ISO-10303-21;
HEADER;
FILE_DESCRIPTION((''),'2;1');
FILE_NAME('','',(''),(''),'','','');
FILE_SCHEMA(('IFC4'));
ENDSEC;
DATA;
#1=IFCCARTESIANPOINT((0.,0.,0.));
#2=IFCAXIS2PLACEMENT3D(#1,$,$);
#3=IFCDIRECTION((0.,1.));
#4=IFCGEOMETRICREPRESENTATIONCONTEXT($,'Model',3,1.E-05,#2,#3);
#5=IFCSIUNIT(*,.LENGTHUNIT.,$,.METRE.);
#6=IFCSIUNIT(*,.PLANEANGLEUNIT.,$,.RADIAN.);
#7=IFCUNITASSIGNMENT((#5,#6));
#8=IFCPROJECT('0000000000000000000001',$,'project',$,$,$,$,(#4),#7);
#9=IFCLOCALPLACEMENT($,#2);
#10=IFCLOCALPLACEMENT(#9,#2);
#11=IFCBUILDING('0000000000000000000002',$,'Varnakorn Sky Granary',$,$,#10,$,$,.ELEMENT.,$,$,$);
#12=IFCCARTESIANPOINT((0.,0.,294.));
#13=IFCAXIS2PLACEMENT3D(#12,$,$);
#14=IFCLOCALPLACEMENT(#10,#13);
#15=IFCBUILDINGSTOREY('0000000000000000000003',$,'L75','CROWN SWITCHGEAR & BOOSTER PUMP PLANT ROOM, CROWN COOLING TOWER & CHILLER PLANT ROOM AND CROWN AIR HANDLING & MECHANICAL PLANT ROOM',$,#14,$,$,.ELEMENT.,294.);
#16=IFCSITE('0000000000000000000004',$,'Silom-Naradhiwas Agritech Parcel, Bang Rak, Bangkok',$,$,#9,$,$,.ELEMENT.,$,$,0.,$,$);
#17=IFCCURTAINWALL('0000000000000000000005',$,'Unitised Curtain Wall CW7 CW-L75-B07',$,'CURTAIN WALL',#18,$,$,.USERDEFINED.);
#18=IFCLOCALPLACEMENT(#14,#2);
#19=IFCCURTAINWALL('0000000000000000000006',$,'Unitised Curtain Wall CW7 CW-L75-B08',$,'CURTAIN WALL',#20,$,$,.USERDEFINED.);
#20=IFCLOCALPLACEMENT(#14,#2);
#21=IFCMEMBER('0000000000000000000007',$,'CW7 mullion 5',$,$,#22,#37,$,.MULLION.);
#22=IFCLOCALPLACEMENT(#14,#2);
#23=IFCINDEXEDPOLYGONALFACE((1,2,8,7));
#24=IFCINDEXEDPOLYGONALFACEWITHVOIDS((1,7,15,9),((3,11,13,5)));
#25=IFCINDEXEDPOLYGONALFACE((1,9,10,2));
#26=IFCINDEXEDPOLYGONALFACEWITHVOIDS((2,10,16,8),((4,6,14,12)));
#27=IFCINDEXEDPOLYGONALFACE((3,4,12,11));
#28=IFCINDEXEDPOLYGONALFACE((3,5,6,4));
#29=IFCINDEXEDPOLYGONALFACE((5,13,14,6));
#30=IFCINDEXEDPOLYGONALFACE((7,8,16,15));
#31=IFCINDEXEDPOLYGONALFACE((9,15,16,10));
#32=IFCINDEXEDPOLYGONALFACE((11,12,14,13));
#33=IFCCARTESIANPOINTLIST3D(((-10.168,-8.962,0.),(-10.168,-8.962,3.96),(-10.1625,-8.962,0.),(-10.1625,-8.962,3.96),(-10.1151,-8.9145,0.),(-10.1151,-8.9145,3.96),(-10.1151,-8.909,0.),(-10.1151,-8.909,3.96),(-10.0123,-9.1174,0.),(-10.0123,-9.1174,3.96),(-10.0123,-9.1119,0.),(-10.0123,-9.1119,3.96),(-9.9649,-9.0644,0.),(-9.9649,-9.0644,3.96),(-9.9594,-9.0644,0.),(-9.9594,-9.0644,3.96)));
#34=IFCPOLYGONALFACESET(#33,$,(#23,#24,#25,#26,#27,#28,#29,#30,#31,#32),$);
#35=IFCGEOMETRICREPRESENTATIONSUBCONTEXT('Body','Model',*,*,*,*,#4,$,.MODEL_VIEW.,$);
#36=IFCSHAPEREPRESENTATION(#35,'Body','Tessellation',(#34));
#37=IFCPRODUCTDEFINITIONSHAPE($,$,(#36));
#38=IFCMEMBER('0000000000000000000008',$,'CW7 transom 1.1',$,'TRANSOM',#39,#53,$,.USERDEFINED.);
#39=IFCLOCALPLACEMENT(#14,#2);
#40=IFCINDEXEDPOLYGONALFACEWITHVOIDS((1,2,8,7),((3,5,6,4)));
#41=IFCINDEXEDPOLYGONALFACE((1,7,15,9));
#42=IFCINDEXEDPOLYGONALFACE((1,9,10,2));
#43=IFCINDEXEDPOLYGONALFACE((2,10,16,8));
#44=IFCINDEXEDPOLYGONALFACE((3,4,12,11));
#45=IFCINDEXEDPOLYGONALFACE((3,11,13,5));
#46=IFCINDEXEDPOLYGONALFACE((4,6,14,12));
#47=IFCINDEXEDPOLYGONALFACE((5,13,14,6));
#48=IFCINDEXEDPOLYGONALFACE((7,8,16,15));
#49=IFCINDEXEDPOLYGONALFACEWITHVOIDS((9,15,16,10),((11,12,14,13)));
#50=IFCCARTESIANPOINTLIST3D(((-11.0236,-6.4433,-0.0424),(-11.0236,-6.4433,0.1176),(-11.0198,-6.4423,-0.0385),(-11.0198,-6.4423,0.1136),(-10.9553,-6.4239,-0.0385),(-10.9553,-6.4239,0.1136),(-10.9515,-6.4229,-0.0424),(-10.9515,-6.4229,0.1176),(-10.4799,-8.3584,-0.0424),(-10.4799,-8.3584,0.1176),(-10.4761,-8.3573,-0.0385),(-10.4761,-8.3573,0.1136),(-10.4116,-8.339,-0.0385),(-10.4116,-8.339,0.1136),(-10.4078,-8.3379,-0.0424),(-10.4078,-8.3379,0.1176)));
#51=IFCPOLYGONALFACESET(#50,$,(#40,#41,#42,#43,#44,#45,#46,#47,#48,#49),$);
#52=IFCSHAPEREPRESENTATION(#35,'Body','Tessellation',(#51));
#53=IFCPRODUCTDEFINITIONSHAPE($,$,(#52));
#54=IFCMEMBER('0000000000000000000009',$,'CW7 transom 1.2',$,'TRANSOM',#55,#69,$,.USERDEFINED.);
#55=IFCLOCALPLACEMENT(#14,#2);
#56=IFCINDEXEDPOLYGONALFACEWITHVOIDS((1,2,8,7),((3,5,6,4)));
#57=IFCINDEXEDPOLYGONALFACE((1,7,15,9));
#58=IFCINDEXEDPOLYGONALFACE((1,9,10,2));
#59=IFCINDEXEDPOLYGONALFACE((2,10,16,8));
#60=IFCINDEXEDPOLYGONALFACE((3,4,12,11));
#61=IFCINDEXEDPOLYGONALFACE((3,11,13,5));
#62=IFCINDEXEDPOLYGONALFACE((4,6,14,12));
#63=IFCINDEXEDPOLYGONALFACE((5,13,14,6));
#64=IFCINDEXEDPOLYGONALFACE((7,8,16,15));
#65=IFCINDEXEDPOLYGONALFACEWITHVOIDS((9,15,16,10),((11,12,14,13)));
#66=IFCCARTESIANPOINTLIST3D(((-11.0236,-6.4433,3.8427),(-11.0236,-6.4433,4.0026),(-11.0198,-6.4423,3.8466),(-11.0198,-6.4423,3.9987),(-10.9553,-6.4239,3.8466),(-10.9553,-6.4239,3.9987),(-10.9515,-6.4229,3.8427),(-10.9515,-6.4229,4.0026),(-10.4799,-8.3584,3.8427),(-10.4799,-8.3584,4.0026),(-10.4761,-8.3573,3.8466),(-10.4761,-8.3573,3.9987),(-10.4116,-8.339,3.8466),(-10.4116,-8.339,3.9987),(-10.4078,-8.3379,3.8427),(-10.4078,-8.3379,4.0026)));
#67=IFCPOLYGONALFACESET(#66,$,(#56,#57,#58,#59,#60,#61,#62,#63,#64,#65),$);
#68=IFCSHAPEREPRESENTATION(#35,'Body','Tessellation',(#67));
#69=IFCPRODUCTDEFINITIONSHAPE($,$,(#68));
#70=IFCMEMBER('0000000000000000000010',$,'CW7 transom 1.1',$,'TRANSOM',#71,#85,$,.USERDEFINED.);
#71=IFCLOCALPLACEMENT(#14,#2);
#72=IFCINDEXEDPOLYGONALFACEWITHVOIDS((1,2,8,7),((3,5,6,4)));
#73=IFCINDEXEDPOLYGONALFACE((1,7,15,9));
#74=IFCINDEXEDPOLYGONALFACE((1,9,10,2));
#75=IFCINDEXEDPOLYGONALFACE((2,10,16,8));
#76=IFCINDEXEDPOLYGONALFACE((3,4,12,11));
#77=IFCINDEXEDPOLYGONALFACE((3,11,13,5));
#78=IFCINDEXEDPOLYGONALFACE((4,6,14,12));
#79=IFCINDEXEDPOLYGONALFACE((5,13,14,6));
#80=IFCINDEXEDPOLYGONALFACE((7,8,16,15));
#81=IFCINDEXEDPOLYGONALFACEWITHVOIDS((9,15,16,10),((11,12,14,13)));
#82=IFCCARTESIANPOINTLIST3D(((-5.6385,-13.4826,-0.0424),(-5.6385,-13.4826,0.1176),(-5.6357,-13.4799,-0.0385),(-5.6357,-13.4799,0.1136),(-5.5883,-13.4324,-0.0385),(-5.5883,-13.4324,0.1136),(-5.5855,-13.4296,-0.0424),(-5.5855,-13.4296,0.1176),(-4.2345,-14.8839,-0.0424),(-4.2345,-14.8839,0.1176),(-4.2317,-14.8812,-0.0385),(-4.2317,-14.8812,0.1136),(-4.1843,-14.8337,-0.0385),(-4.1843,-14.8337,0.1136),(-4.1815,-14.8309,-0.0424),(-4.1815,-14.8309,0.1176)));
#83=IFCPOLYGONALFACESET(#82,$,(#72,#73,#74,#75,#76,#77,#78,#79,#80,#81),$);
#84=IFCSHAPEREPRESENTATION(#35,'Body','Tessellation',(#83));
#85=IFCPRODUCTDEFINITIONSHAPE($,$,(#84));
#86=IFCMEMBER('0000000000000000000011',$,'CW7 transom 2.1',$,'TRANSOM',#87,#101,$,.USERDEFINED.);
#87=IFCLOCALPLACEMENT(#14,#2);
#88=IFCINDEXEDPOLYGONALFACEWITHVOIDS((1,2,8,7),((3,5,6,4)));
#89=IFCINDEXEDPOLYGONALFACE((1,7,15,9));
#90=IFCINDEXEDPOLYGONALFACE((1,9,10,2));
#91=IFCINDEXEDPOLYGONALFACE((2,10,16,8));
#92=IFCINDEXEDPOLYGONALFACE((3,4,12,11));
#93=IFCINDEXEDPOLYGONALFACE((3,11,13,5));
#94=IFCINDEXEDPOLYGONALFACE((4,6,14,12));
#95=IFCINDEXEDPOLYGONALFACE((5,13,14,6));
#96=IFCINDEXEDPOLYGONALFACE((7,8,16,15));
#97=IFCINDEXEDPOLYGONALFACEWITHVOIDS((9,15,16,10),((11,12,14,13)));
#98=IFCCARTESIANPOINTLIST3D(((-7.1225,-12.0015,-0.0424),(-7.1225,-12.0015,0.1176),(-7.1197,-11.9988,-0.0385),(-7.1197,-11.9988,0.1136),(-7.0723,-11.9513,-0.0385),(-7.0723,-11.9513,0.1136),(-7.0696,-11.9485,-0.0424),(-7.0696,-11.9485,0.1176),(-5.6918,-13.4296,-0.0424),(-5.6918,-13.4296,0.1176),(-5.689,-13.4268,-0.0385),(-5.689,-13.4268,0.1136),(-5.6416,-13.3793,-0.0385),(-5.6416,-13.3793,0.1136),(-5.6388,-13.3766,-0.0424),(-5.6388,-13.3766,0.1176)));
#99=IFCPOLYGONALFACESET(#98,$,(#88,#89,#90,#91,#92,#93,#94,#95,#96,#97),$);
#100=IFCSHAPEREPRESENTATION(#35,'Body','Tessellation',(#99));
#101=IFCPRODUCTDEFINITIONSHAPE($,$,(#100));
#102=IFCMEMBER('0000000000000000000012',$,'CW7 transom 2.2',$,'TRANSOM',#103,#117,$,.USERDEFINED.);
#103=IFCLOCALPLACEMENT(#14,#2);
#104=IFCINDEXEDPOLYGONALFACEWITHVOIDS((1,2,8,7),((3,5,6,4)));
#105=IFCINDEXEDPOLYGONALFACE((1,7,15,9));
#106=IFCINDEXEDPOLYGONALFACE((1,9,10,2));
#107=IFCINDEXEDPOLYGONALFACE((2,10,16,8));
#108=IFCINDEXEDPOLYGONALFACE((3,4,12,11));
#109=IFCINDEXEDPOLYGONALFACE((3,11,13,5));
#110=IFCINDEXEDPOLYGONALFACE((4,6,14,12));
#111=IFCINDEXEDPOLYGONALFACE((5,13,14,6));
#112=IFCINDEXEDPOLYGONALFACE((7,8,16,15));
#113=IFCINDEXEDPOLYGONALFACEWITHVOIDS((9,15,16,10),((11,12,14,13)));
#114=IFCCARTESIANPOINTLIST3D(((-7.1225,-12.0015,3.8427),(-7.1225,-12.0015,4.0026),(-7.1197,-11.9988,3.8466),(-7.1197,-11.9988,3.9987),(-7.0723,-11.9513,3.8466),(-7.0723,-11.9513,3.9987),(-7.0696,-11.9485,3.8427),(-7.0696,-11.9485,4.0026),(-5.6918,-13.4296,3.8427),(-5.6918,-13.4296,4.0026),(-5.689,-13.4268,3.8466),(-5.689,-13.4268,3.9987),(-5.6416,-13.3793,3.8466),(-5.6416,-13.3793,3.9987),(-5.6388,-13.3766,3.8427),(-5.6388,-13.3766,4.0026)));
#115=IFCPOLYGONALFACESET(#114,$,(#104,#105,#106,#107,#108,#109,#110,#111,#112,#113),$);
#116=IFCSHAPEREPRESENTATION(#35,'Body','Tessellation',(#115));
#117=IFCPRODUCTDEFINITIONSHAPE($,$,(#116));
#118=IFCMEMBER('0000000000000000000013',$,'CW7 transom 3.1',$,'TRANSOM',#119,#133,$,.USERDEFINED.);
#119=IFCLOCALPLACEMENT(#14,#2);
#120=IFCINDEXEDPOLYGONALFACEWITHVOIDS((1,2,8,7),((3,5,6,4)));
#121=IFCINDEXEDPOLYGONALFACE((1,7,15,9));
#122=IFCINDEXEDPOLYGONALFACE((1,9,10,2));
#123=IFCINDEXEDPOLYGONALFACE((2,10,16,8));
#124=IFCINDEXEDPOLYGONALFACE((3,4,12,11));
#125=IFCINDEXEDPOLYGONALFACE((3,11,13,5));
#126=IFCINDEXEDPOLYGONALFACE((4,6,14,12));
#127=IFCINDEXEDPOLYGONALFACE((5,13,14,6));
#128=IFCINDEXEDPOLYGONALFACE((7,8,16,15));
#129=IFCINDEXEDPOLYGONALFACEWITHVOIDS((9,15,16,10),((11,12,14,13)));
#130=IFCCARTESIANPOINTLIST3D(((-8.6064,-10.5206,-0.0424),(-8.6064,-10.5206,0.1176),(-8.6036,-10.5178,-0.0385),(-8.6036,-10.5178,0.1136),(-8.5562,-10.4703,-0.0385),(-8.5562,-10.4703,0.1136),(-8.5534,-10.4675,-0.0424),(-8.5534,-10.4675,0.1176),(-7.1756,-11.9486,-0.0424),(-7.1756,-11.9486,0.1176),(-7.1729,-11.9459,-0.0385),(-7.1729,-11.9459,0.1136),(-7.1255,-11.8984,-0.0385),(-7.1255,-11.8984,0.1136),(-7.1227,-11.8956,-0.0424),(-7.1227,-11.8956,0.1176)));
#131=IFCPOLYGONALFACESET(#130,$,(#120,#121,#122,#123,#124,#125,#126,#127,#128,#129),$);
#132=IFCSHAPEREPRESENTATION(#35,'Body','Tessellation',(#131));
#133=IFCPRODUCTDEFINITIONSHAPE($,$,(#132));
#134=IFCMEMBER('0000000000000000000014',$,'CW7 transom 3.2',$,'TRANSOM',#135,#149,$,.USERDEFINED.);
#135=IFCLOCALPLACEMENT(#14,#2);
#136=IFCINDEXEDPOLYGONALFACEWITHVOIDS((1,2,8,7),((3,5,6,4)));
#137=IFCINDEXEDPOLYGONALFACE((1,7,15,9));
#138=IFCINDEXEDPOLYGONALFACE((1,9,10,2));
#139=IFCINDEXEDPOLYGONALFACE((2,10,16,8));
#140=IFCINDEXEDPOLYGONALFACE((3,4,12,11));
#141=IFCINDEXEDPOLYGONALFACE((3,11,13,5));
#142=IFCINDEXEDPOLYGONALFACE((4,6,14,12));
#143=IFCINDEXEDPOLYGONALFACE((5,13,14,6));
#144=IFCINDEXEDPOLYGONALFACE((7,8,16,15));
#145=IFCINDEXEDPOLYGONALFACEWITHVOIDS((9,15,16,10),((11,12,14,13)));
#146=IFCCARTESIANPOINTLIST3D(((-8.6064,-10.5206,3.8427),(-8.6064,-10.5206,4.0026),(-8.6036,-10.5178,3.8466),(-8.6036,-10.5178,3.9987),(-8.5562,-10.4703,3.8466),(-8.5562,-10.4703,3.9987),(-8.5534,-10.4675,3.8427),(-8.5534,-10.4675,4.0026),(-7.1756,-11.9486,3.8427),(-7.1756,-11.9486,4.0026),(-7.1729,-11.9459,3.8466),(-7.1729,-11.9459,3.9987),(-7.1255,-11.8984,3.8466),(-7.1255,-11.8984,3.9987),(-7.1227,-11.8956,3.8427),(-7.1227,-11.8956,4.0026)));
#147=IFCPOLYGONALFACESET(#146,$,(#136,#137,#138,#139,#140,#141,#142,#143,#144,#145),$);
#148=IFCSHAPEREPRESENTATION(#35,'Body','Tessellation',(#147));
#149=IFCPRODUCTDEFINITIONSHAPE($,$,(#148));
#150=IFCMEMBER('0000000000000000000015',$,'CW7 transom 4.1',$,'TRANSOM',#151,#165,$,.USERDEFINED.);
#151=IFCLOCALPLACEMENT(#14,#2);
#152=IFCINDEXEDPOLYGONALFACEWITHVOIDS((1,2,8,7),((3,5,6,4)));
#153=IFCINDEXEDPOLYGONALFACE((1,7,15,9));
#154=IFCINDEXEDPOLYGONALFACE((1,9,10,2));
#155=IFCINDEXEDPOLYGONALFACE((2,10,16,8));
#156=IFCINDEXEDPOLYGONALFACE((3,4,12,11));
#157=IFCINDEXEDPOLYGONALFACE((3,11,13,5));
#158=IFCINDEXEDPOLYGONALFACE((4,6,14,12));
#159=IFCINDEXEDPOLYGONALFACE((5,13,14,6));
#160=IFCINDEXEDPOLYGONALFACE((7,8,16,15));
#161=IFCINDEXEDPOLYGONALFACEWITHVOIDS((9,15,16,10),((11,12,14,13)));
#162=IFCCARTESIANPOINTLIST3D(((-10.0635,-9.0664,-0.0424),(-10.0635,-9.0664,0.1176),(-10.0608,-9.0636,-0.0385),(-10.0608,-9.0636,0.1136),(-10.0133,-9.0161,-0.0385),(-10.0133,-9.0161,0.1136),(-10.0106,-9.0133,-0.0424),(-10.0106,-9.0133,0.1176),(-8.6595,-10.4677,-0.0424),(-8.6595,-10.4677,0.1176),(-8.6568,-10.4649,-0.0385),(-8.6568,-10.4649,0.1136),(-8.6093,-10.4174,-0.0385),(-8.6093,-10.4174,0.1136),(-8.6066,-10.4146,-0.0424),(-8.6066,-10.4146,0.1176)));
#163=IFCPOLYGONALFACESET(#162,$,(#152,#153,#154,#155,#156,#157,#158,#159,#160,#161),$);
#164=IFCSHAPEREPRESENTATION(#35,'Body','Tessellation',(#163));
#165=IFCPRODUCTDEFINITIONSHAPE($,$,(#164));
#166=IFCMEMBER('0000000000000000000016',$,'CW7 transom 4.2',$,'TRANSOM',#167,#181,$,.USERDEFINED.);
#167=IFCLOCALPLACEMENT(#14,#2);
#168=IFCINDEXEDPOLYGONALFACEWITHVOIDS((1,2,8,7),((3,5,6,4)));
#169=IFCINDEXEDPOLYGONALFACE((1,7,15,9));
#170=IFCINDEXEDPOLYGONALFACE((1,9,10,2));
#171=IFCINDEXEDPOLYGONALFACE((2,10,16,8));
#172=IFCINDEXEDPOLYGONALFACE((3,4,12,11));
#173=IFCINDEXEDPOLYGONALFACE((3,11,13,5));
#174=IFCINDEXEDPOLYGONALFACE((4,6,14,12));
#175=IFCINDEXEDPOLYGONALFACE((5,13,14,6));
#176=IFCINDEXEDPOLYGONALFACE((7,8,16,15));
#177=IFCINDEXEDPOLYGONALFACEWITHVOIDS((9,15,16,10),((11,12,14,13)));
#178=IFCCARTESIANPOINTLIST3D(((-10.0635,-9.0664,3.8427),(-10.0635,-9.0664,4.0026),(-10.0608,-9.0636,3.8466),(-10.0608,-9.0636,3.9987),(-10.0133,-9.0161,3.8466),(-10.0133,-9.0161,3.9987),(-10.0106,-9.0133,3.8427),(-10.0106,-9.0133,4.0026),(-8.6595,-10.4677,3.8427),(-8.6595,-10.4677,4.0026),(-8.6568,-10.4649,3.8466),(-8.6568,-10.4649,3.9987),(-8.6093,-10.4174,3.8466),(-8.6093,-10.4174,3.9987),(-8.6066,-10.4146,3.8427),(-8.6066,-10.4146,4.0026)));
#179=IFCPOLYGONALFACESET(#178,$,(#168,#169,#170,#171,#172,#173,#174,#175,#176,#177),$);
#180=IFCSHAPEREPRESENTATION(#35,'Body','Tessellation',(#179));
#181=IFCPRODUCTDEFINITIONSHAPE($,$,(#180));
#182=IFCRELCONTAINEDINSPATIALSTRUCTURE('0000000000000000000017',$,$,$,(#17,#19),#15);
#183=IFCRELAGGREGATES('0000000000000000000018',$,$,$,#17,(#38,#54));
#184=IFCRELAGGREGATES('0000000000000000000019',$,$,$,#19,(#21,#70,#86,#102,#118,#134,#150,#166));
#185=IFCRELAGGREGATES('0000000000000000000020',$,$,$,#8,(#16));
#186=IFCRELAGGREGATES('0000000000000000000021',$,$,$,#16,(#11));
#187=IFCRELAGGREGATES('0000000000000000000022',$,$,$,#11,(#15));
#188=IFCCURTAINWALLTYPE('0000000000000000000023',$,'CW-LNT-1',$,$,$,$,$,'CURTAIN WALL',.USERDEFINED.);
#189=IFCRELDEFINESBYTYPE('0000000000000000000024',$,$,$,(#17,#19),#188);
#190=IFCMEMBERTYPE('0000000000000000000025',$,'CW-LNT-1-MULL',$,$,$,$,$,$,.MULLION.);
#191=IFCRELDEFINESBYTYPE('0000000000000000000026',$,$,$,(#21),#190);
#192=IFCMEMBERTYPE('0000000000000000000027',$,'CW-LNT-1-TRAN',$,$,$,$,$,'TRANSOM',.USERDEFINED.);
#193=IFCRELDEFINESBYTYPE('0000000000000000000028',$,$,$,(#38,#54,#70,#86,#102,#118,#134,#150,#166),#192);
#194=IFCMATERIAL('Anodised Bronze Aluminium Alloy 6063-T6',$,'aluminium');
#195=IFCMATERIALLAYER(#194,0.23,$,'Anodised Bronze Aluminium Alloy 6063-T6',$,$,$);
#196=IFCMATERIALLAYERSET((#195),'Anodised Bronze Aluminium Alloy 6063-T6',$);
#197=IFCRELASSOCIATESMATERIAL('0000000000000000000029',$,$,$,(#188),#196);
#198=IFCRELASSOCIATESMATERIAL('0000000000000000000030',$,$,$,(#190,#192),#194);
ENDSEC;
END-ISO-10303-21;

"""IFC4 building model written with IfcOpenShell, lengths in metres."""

from ifc_helpers import new_model, si_unit, direction, frame, origin, origin_2d, place, context, subcontext, project, spatial, hollow_rectangle, extrude, material, layer, layer_set, material_profile, profile_set, type_object, element, aggregate, save


model = new_model("IFC4")

# Units and contexts
model_context = context("Model", 3, precision=1e-05, world=origin(), true_north=direction((0.0, 1.0)))
body_context = subcontext(model_context, "Body", "Model", "MODEL_VIEW")
ifc_project = project(units=[si_unit("LENGTHUNIT", "METRE"), si_unit("PLANEANGLEUNIT", "RADIAN")], contexts=[model_context])

# Site, building, storey
site_placement = place(None, origin())
site = spatial("IfcSite", under=ifc_project, at=site_placement, Name="Silom-Naradhiwas Agritech Parcel, Bang Rak, Bangkok", CompositionType="ELEMENT", RefElevation=0.0)
building_placement = place(site_placement, origin())
building = spatial("IfcBuilding", under=site, at=building_placement, Name="Varnakorn Sky Granary", CompositionType="ELEMENT")
storey_placement = place(building_placement, frame((0.0, 0.0, 294.0)))
storey = spatial("IfcBuildingStorey", under=building, at=storey_placement, Name="L75", Description="CROWN SWITCHGEAR & BOOSTER PUMP PLANT ROOM, CROWN COOLING TOWER & CHILLER PLANT ROOM AND CROWN AIR HANDLING & MECHANICAL PLANT ROOM", CompositionType="ELEMENT", Elevation=294.0)

# Curtain wall
ifc_material_1 = material(Name="Anodised Bronze Aluminium Alloy 6063-T6", Category="aluminium")
ifc_layer_1 = layer(ifc_material_1, 0.23, Name="Anodised Bronze Aluminium Alloy 6063-T6")
ifc_layer_set_1 = layer_set([ifc_layer_1], Name="Anodised Bronze Aluminium Alloy 6063-T6")
curtain_wall_type = type_object("IfcCurtainWallType", Name="CW-LNT-1", ElementType="CURTAIN WALL", PredefinedType="USERDEFINED", material=ifc_layer_set_1)
curtain_wall_1_placement = place(storey_placement, origin())
curtain_wall_1 = element("IfcCurtainWall", 1, at=curtain_wall_1_placement, inside=storey, type_object=curtain_wall_type, Name="Unitised Curtain Wall CW7 CW-L75-B07", ObjectType="CURTAIN WALL", PredefinedType="USERDEFINED")
ifc_material_profile_1 = material_profile(ifc_material_1, hollow_rectangle(XDim=0.075, YDim=0.22, WallThickness=0.0039, at=origin_2d()), Name="ALU MULL 75x220")
ifc_profile_set_1 = profile_set([ifc_material_profile_1], Name="Anodised Bronze Aluminium Alloy 6063-T6")
member_type_1 = type_object("IfcMemberType", Name="CW-LNT-1-MULL", PredefinedType="MULLION", material=ifc_profile_set_1)

# Curtain wall, member
curtain_wall_2_placement = place(storey_placement, origin())
curtain_wall_2 = element("IfcCurtainWall", 2, at=curtain_wall_2_placement, inside=storey, type_object=curtain_wall_type, Name="Unitised Curtain Wall CW7 CW-L75-B08", ObjectType="CURTAIN WALL", PredefinedType="USERDEFINED")
member_1_placement = place(storey_placement, frame((-10.0637, -9.0132, 0.0), z_axis=(0.0, 0.0, 1.0), x_axis=(-0.706397, -0.707816, 0.0)))
member_1 = element("IfcMember", 3, at=member_1_placement, type_object=member_type_1, Name="CW7 mullion 5", PredefinedType="MULLION", context=body_context, shape_type="SweptSolid", body=[
    extrude(hollow_rectangle(XDim=0.075, YDim=0.22, WallThickness=0.0039, at=origin_2d()), origin(), (0.0, 0.0, 1.0), 3.96),
])

# Members
ifc_material_profile_2 = material_profile(ifc_material_1, hollow_rectangle(XDim=0.075, YDim=0.1599, WallThickness=0.0039, at=origin_2d()), Name="ALU TRAN 75x160")
ifc_profile_set_2 = profile_set([ifc_material_profile_2], Name="Anodised Bronze Aluminium Alloy 6063-T6")
member_type_2 = type_object("IfcMemberType", Name="CW-LNT-1-TRAN", ElementType="TRANSOM", PredefinedType="USERDEFINED", material=ifc_profile_set_2)
member_2_placement = place(storey_placement, frame((-10.4438, -8.3481, 0.0376), z_axis=(-0.273117, 0.961981, 0.0), x_axis=(-0.961981, -0.273117, 0.0)))
member_2 = element("IfcMember", 4, at=member_2_placement, type_object=member_type_2, Name="CW7 transom 1.1", ObjectType="TRANSOM", PredefinedType="USERDEFINED", context=body_context, shape_type="SweptSolid", body=[
    extrude(hollow_rectangle(XDim=0.075, YDim=0.1599, WallThickness=0.0039, at=origin_2d()), origin(), (0.0, 0.0, 1.0), 1.9907),
])
member_3_placement = place(storey_placement, frame((-10.4438, -8.3481, 3.9226), z_axis=(-0.273117, 0.961981, 0.0), x_axis=(-0.961981, -0.273117, 0.0)))
member_3 = element("IfcMember", 5, at=member_3_placement, type_object=member_type_2, Name="CW7 transom 1.2", ObjectType="TRANSOM", PredefinedType="USERDEFINED", context=body_context, shape_type="SweptSolid", body=[
    extrude(hollow_rectangle(XDim=0.075, YDim=0.1599, WallThickness=0.0039, at=origin_2d()), origin(), (0.0, 0.0, 1.0), 1.9907),
])
aggregate(curtain_wall_1, [member_2, member_3])
member_4_placement = place(storey_placement, frame((-4.208, -14.8574, 0.0376), z_axis=(-0.707783, 0.70643, 0.0), x_axis=(-0.70643, -0.707783, 0.0)))
member_4 = element("IfcMember", 6, at=member_4_placement, type_object=member_type_2, Name="CW7 transom 1.1", ObjectType="TRANSOM", PredefinedType="USERDEFINED", context=body_context, shape_type="SweptSolid", body=[
    extrude(hollow_rectangle(XDim=0.075, YDim=0.1599, WallThickness=0.0039, at=origin_2d()), origin(), (0.0, 0.0, 1.0), 1.9836),
])
member_5_placement = place(storey_placement, frame((-5.6653, -13.4031, 0.0376), z_axis=(-0.707771, 0.706442, 0.0), x_axis=(-0.706442, -0.707771, 0.0)))
member_5 = element("IfcMember", 7, at=member_5_placement, type_object=member_type_2, Name="CW7 transom 2.1", ObjectType="TRANSOM", PredefinedType="USERDEFINED", context=body_context, shape_type="SweptSolid", body=[
    extrude(hollow_rectangle(XDim=0.075, YDim=0.1599, WallThickness=0.0039, at=origin_2d()), origin(), (0.0, 0.0, 1.0), 2.0215),
])
member_6_placement = place(storey_placement, frame((-5.6653, -13.4031, 3.9226), z_axis=(-0.707771, 0.706442, 0.0), x_axis=(-0.706442, -0.707771, 0.0)))
member_6 = element("IfcMember", 8, at=member_6_placement, type_object=member_type_2, Name="CW7 transom 2.2", ObjectType="TRANSOM", PredefinedType="USERDEFINED", context=body_context, shape_type="SweptSolid", body=[
    extrude(hollow_rectangle(XDim=0.075, YDim=0.1599, WallThickness=0.0039, at=origin_2d()), origin(), (0.0, 0.0, 1.0), 2.0215),
])
member_7_placement = place(storey_placement, frame((-7.1492, -11.9221, 0.0376), z_axis=(-0.707771, 0.706442, 0.0), x_axis=(-0.706442, -0.707771, 0.0)))
member_7 = element("IfcMember", 9, at=member_7_placement, type_object=member_type_2, Name="CW7 transom 3.1", ObjectType="TRANSOM", PredefinedType="USERDEFINED", context=body_context, shape_type="SweptSolid", body=[
    extrude(hollow_rectangle(XDim=0.075, YDim=0.1599, WallThickness=0.0039, at=origin_2d()), origin(), (0.0, 0.0, 1.0), 2.0215),
])
member_8_placement = place(storey_placement, frame((-7.1492, -11.9221, 3.9226), z_axis=(-0.707771, 0.706442, 0.0), x_axis=(-0.706442, -0.707771, 0.0)))
member_8 = element("IfcMember", 10, at=member_8_placement, type_object=member_type_2, Name="CW7 transom 3.2", ObjectType="TRANSOM", PredefinedType="USERDEFINED", context=body_context, shape_type="SweptSolid", body=[
    extrude(hollow_rectangle(XDim=0.075, YDim=0.1599, WallThickness=0.0039, at=origin_2d()), origin(), (0.0, 0.0, 1.0), 2.0215),
])
member_9_placement = place(storey_placement, frame((-8.6331, -10.4412, 0.0376), z_axis=(-0.707783, 0.70643, 0.0), x_axis=(-0.70643, -0.707783, 0.0)))
member_9 = element("IfcMember", 11, at=member_9_placement, type_object=member_type_2, Name="CW7 transom 4.1", ObjectType="TRANSOM", PredefinedType="USERDEFINED", context=body_context, shape_type="SweptSolid", body=[
    extrude(hollow_rectangle(XDim=0.075, YDim=0.1599, WallThickness=0.0039, at=origin_2d()), origin(), (0.0, 0.0, 1.0), 1.9836),
])
member_10_placement = place(storey_placement, frame((-8.6331, -10.4412, 3.9226), z_axis=(-0.707783, 0.70643, 0.0), x_axis=(-0.70643, -0.707783, 0.0)))
member_10 = element("IfcMember", 12, at=member_10_placement, type_object=member_type_2, Name="CW7 transom 4.2", ObjectType="TRANSOM", PredefinedType="USERDEFINED", context=body_context, shape_type="SweptSolid", body=[
    extrude(hollow_rectangle(XDim=0.075, YDim=0.1599, WallThickness=0.0039, at=origin_2d()), origin(), (0.0, 0.0, 1.0), 1.9836),
])

aggregate(curtain_wall_2, [member_1, member_4, member_5, member_6, member_7, member_8, member_9, member_10])

save(model, "model.ifc")
